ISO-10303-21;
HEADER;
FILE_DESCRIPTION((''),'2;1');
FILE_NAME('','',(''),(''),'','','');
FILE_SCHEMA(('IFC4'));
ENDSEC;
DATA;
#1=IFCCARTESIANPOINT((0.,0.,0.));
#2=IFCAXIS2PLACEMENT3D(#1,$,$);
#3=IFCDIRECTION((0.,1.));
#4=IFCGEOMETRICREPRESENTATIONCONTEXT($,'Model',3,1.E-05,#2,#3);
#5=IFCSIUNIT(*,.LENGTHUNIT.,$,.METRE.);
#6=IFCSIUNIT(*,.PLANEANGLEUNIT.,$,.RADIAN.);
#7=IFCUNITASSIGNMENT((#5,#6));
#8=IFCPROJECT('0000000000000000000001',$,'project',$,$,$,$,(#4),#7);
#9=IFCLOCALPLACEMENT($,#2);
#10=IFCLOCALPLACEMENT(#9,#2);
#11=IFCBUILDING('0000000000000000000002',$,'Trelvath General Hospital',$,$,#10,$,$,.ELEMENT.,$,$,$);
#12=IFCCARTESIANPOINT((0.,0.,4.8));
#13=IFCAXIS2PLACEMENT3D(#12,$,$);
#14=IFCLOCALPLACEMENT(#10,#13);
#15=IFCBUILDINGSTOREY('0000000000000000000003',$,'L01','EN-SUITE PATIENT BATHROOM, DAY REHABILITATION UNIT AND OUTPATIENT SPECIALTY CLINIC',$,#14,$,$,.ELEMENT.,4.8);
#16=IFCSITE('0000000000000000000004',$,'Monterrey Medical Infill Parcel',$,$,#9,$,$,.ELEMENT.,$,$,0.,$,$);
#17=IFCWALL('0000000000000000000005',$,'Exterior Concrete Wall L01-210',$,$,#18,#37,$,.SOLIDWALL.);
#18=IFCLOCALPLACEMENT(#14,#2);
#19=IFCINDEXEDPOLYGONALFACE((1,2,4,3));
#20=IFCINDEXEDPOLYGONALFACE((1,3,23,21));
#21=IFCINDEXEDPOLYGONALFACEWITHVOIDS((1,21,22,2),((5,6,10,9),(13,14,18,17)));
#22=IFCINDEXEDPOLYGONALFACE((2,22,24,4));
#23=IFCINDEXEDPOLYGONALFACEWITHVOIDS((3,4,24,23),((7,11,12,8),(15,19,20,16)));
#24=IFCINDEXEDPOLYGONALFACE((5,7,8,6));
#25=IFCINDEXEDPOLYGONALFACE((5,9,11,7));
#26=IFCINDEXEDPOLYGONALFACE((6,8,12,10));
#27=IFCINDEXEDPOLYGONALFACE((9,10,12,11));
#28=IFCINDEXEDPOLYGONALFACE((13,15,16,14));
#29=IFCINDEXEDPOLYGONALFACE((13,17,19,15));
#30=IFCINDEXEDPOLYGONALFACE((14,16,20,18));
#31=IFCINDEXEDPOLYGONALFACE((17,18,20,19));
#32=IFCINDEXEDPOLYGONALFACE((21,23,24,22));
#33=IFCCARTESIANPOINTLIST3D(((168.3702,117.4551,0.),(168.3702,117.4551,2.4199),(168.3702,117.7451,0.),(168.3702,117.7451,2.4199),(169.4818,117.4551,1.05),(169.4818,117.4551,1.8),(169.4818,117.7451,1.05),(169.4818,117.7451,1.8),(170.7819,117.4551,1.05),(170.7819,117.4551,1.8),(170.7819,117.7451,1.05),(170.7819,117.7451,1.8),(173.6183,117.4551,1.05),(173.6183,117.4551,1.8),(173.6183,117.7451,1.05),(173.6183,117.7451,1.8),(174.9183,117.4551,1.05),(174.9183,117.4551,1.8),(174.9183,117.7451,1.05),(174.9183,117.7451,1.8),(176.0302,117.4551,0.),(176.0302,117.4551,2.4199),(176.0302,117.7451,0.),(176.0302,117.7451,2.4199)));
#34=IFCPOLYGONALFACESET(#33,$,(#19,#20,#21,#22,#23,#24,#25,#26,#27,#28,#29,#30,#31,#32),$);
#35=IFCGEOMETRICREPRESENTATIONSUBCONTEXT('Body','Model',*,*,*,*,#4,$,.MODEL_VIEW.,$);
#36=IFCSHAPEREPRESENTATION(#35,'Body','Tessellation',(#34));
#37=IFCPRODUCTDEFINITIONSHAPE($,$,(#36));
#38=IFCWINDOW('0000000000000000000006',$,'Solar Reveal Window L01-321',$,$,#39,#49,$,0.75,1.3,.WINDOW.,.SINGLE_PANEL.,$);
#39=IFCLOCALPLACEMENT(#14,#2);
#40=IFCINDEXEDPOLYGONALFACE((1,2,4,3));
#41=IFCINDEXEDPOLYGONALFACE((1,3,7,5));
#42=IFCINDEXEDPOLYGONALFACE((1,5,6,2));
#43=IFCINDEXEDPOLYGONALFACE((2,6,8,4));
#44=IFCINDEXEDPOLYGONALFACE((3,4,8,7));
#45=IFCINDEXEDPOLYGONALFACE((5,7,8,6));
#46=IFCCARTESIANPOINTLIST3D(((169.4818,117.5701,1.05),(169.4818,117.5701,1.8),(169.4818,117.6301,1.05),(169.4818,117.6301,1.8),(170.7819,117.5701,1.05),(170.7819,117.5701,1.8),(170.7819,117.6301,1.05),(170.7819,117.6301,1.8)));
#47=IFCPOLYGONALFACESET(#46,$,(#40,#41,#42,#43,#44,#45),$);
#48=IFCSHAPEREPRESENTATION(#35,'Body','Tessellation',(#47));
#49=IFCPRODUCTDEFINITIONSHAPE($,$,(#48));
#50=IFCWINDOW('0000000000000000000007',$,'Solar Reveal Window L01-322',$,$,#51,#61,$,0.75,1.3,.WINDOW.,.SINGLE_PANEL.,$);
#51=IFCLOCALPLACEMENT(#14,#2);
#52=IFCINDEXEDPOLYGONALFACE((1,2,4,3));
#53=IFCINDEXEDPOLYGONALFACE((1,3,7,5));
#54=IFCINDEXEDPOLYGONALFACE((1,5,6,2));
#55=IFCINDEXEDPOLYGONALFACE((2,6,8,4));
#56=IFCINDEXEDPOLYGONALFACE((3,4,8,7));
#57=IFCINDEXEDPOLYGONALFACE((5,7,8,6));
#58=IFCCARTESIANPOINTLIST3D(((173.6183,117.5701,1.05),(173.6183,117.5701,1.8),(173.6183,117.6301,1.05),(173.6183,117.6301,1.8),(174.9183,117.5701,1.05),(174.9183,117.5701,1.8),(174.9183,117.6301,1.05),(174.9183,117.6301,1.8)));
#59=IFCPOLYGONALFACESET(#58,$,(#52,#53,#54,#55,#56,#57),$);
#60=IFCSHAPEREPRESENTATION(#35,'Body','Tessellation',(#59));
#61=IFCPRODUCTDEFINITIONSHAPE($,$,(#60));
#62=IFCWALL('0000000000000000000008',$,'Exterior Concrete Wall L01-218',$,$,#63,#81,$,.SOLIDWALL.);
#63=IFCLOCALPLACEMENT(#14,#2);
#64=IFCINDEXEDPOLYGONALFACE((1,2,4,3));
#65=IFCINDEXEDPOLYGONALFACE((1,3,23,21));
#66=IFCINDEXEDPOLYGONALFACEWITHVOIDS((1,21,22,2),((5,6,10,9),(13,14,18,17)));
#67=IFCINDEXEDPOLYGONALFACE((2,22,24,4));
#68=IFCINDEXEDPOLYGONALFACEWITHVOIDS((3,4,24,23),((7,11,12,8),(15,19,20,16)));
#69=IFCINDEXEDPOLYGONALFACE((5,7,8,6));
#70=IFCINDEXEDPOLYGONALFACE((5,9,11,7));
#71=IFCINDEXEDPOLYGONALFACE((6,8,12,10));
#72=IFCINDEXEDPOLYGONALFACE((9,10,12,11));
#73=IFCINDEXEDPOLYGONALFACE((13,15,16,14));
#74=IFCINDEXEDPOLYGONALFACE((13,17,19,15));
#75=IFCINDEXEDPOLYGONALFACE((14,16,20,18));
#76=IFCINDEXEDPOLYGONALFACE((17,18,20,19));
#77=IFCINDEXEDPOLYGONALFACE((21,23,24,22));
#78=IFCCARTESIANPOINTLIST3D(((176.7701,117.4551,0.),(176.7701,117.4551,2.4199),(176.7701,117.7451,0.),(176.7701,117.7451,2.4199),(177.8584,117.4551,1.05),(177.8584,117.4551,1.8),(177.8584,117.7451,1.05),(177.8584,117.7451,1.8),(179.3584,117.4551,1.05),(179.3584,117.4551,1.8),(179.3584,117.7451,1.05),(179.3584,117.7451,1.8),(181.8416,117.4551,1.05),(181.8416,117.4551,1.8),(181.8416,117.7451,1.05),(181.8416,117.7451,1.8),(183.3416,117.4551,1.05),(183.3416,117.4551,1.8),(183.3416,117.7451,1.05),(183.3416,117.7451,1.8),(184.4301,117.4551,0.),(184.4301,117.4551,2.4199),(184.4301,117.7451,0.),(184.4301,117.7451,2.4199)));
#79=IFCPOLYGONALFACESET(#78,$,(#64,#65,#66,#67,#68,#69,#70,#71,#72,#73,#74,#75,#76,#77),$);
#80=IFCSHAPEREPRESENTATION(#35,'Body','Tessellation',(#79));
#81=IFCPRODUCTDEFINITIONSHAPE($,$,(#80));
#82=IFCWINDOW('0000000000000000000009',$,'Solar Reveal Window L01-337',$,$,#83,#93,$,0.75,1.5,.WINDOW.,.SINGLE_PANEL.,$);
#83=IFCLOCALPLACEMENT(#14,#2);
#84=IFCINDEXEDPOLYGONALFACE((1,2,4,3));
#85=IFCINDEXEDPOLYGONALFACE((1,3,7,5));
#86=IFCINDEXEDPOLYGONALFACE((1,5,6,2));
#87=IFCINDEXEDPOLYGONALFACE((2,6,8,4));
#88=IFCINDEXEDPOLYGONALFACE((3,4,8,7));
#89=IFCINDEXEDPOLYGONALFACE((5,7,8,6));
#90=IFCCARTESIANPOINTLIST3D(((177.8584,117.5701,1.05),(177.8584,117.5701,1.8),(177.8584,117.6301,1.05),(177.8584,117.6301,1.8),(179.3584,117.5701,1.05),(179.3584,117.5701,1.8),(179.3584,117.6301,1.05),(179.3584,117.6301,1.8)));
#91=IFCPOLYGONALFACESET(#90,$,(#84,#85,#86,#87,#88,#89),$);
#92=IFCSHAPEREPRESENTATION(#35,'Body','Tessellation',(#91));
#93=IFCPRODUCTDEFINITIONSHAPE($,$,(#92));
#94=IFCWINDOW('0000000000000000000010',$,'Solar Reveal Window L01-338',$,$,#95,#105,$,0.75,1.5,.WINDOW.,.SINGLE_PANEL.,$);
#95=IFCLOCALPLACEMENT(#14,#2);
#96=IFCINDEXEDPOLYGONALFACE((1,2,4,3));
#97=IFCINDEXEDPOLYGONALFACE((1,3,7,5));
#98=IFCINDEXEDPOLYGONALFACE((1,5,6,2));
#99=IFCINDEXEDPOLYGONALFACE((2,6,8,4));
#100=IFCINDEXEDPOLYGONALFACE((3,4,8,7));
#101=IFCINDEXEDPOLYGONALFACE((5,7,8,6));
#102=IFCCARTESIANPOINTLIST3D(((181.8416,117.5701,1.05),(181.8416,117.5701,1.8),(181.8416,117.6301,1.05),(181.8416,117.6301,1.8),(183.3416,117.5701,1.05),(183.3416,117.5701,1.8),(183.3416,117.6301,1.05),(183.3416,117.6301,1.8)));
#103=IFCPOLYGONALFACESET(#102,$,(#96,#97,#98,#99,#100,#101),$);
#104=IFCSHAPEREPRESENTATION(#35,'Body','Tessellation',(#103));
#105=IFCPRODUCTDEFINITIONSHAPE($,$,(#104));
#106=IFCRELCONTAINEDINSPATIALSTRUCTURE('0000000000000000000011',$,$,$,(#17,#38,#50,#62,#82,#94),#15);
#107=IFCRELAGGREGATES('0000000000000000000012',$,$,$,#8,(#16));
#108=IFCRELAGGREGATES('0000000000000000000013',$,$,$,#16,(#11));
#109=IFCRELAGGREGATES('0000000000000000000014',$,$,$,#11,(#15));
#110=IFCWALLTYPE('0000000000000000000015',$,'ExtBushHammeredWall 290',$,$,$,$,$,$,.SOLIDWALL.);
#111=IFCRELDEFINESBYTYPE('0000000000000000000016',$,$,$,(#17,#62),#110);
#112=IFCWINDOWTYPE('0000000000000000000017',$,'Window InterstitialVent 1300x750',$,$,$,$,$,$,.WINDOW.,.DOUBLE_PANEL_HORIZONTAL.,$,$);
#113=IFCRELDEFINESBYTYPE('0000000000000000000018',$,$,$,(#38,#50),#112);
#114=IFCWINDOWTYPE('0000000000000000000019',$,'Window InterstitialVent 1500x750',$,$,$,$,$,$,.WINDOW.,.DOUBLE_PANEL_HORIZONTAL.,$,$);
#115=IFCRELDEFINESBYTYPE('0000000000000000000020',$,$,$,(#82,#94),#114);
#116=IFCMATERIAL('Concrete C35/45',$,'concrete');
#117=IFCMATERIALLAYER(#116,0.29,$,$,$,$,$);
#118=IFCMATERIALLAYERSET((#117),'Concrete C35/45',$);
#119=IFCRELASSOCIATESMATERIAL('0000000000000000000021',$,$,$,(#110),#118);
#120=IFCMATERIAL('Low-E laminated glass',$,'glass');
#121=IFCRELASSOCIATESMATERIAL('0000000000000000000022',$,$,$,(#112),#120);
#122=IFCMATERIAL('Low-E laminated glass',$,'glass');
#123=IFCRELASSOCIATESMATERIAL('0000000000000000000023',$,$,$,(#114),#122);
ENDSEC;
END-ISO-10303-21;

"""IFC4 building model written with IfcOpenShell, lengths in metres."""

from ifc_helpers import new_model, si_unit, direction, frame, frame_2d, origin, place, context, subcontext, project, spatial, rectangle, extrude, material, layer, layer_set, type_object, element, fill, save


model = new_model("IFC4")

# Units and contexts
model_context = context("Model", 3, precision=1e-05, world=origin(), true_north=direction((0.0, 1.0)))
body_context = subcontext(model_context, "Body", "Model", "MODEL_VIEW")
ifc_project = project(units=[si_unit("LENGTHUNIT", "METRE"), si_unit("PLANEANGLEUNIT", "RADIAN")], contexts=[model_context])

# Site, building, storey
site_placement = place(None, origin())
site = spatial("IfcSite", under=ifc_project, at=site_placement, Name="Monterrey Medical Infill Parcel", CompositionType="ELEMENT", RefElevation=0.0)
building_placement = place(site_placement, origin())
building = spatial("IfcBuilding", under=site, at=building_placement, Name="Trelvath General Hospital", CompositionType="ELEMENT")
storey_placement = place(building_placement, frame((0.0, 0.0, 4.8)))
storey = spatial("IfcBuildingStorey", under=building, at=storey_placement, Name="L01", Description="EN-SUITE PATIENT BATHROOM, DAY REHABILITATION UNIT AND OUTPATIENT SPECIALTY CLINIC", CompositionType="ELEMENT", Elevation=4.8)

# Walls, openings, windows
ifc_material_1 = material(Name="Concrete C35/45", Category="concrete")
ifc_layer_1 = layer(ifc_material_1, 0.29)
ifc_layer_set_1 = layer_set([ifc_layer_1], Name="Concrete C35/45")
wall_type_1 = type_object("IfcWallType", Name="ExtBushHammeredWall 290", PredefinedType="SOLIDWALL", material=ifc_layer_set_1)
wall_1_placement = place(storey_placement, frame((168.3701, 117.6001, 0.0), z_axis=(0.0, 0.0, 1.0), x_axis=(1.0, 0.0, 0.0)))
wall_1 = element("IfcWall", 1, at=wall_1_placement, inside=storey, type_object=wall_type_1, Name="Exterior Concrete Wall L01-210", PredefinedType="SOLIDWALL", context=body_context, shape_type="SweptSolid", body=[
    extrude(rectangle(XDim=7.6599, YDim=0.29, at=frame_2d((3.8301, 0.0))), origin(), (0.0, 0.0, 1.0), 2.4199),
])
opening_1_placement = place(wall_1_placement, frame((1.1118, 0.0, 1.05)))
opening_1 = element("IfcOpeningElement", 2, at=opening_1_placement, cuts=wall_1, PredefinedType="OPENING", context=body_context, shape_type="SweptSolid", body=[
    extrude(rectangle(XDim=1.3, YDim=0.75, at=frame_2d((0.6499, 0.375))), frame((0.0, 0.155, 0.0), z_axis=(0.0, -1.0, 0.0), x_axis=(1.0, 0.0, 0.0)), (0.0, 0.0, 1.0), 0.3101),
])
opening_2_placement = place(wall_1_placement, frame((5.2483, 0.0, 1.05)))
opening_2 = element("IfcOpeningElement", 3, at=opening_2_placement, cuts=wall_1, PredefinedType="OPENING", context=body_context, shape_type="SweptSolid", body=[
    extrude(rectangle(XDim=1.3, YDim=0.75, at=frame_2d((0.6499, 0.375))), frame((0.0, 0.155, 0.0), z_axis=(0.0, -1.0, 0.0), x_axis=(1.0, 0.0, 0.0)), (0.0, 0.0, 1.0), 0.3101),
])
ifc_material_2 = material(Name="Low-E laminated glass", Category="glass")
window_type_1 = type_object("IfcWindowType", Name="Window InterstitialVent 1300x750", PartitioningType="DOUBLE_PANEL_HORIZONTAL", PredefinedType="WINDOW", material=ifc_material_2)
window_1_placement = place(opening_1_placement, origin())
window_1 = element("IfcWindow", 4, at=window_1_placement, inside=storey, type_object=window_type_1, Name="Solar Reveal Window L01-321", OverallHeight=0.75, OverallWidth=1.3, PartitioningType="SINGLE_PANEL", PredefinedType="WINDOW", context=body_context, shape_type="SweptSolid", body=[
    extrude(rectangle(XDim=1.3, YDim=0.75, at=frame_2d((0.6499, 0.375))), frame((0.0, 0.03, 0.0), z_axis=(0.0, -1.0, 0.0), x_axis=(1.0, 0.0, 0.0)), (0.0, 0.0, 1.0), 0.0601),
])
fill(opening_1, window_1)
window_2_placement = place(opening_2_placement, origin())
window_2 = element("IfcWindow", 5, at=window_2_placement, inside=storey, type_object=window_type_1, Name="Solar Reveal Window L01-322", OverallHeight=0.75, OverallWidth=1.3, PartitioningType="SINGLE_PANEL", PredefinedType="WINDOW", context=body_context, shape_type="SweptSolid", body=[
    extrude(rectangle(XDim=1.3, YDim=0.75, at=frame_2d((0.6499, 0.375))), frame((0.0, 0.03, 0.0), z_axis=(0.0, -1.0, 0.0), x_axis=(1.0, 0.0, 0.0)), (0.0, 0.0, 1.0), 0.0601),
])
fill(opening_2, window_2)
wall_2_placement = place(storey_placement, frame((176.77, 117.6001, 0.0), z_axis=(0.0, 0.0, 1.0), x_axis=(1.0, 0.0, 0.0)))
wall_2 = element("IfcWall", 6, at=wall_2_placement, inside=storey, type_object=wall_type_1, Name="Exterior Concrete Wall L01-218", PredefinedType="SOLIDWALL", context=body_context, shape_type="SweptSolid", body=[
    extrude(rectangle(XDim=7.6599, YDim=0.29, at=frame_2d((3.8301, 0.0))), origin(), (0.0, 0.0, 1.0), 2.4199),
])
opening_3_placement = place(wall_2_placement, frame((1.0884, 0.0, 1.05)))
opening_3 = element("IfcOpeningElement", 7, at=opening_3_placement, cuts=wall_2, PredefinedType="OPENING", context=body_context, shape_type="SweptSolid", body=[
    extrude(rectangle(XDim=1.5, YDim=0.75, at=frame_2d((0.75, 0.375))), frame((0.0, 0.155, 0.0), z_axis=(0.0, -1.0, 0.0), x_axis=(1.0, 0.0, 0.0)), (0.0, 0.0, 1.0), 0.3101),
])
opening_4_placement = place(wall_2_placement, frame((5.0715, 0.0, 1.05)))
opening_4 = element("IfcOpeningElement", 8, at=opening_4_placement, cuts=wall_2, PredefinedType="OPENING", context=body_context, shape_type="SweptSolid", body=[
    extrude(rectangle(XDim=1.5, YDim=0.75, at=frame_2d((0.75, 0.375))), frame((0.0, 0.155, 0.0), z_axis=(0.0, -1.0, 0.0), x_axis=(1.0, 0.0, 0.0)), (0.0, 0.0, 1.0), 0.3101),
])
ifc_material_3 = material(Name="Low-E laminated glass", Category="glass")
window_type_2 = type_object("IfcWindowType", Name="Window InterstitialVent 1500x750", PartitioningType="DOUBLE_PANEL_HORIZONTAL", PredefinedType="WINDOW", material=ifc_material_3)
window_3_placement = place(opening_3_placement, origin())
window_3 = element("IfcWindow", 9, at=window_3_placement, inside=storey, type_object=window_type_2, Name="Solar Reveal Window L01-337", OverallHeight=0.75, OverallWidth=1.5, PartitioningType="SINGLE_PANEL", PredefinedType="WINDOW", context=body_context, shape_type="SweptSolid", body=[
    extrude(rectangle(XDim=1.5, YDim=0.75, at=frame_2d((0.75, 0.375))), frame((0.0, 0.03, 0.0), z_axis=(0.0, -1.0, 0.0), x_axis=(1.0, 0.0, 0.0)), (0.0, 0.0, 1.0), 0.0601),
])
fill(opening_3, window_3)
window_4_placement = place(opening_4_placement, origin())
window_4 = element("IfcWindow", 10, at=window_4_placement, inside=storey, type_object=window_type_2, Name="Solar Reveal Window L01-338", OverallHeight=0.75, OverallWidth=1.5, PartitioningType="SINGLE_PANEL", PredefinedType="WINDOW", context=body_context, shape_type="SweptSolid", body=[
    extrude(rectangle(XDim=1.5, YDim=0.75, at=frame_2d((0.75, 0.375))), frame((0.0, 0.03, 0.0), z_axis=(0.0, -1.0, 0.0), x_axis=(1.0, 0.0, 0.0)), (0.0, 0.0, 1.0), 0.0601),
])
fill(opening_4, window_4)

save(model, "model.ifc")
